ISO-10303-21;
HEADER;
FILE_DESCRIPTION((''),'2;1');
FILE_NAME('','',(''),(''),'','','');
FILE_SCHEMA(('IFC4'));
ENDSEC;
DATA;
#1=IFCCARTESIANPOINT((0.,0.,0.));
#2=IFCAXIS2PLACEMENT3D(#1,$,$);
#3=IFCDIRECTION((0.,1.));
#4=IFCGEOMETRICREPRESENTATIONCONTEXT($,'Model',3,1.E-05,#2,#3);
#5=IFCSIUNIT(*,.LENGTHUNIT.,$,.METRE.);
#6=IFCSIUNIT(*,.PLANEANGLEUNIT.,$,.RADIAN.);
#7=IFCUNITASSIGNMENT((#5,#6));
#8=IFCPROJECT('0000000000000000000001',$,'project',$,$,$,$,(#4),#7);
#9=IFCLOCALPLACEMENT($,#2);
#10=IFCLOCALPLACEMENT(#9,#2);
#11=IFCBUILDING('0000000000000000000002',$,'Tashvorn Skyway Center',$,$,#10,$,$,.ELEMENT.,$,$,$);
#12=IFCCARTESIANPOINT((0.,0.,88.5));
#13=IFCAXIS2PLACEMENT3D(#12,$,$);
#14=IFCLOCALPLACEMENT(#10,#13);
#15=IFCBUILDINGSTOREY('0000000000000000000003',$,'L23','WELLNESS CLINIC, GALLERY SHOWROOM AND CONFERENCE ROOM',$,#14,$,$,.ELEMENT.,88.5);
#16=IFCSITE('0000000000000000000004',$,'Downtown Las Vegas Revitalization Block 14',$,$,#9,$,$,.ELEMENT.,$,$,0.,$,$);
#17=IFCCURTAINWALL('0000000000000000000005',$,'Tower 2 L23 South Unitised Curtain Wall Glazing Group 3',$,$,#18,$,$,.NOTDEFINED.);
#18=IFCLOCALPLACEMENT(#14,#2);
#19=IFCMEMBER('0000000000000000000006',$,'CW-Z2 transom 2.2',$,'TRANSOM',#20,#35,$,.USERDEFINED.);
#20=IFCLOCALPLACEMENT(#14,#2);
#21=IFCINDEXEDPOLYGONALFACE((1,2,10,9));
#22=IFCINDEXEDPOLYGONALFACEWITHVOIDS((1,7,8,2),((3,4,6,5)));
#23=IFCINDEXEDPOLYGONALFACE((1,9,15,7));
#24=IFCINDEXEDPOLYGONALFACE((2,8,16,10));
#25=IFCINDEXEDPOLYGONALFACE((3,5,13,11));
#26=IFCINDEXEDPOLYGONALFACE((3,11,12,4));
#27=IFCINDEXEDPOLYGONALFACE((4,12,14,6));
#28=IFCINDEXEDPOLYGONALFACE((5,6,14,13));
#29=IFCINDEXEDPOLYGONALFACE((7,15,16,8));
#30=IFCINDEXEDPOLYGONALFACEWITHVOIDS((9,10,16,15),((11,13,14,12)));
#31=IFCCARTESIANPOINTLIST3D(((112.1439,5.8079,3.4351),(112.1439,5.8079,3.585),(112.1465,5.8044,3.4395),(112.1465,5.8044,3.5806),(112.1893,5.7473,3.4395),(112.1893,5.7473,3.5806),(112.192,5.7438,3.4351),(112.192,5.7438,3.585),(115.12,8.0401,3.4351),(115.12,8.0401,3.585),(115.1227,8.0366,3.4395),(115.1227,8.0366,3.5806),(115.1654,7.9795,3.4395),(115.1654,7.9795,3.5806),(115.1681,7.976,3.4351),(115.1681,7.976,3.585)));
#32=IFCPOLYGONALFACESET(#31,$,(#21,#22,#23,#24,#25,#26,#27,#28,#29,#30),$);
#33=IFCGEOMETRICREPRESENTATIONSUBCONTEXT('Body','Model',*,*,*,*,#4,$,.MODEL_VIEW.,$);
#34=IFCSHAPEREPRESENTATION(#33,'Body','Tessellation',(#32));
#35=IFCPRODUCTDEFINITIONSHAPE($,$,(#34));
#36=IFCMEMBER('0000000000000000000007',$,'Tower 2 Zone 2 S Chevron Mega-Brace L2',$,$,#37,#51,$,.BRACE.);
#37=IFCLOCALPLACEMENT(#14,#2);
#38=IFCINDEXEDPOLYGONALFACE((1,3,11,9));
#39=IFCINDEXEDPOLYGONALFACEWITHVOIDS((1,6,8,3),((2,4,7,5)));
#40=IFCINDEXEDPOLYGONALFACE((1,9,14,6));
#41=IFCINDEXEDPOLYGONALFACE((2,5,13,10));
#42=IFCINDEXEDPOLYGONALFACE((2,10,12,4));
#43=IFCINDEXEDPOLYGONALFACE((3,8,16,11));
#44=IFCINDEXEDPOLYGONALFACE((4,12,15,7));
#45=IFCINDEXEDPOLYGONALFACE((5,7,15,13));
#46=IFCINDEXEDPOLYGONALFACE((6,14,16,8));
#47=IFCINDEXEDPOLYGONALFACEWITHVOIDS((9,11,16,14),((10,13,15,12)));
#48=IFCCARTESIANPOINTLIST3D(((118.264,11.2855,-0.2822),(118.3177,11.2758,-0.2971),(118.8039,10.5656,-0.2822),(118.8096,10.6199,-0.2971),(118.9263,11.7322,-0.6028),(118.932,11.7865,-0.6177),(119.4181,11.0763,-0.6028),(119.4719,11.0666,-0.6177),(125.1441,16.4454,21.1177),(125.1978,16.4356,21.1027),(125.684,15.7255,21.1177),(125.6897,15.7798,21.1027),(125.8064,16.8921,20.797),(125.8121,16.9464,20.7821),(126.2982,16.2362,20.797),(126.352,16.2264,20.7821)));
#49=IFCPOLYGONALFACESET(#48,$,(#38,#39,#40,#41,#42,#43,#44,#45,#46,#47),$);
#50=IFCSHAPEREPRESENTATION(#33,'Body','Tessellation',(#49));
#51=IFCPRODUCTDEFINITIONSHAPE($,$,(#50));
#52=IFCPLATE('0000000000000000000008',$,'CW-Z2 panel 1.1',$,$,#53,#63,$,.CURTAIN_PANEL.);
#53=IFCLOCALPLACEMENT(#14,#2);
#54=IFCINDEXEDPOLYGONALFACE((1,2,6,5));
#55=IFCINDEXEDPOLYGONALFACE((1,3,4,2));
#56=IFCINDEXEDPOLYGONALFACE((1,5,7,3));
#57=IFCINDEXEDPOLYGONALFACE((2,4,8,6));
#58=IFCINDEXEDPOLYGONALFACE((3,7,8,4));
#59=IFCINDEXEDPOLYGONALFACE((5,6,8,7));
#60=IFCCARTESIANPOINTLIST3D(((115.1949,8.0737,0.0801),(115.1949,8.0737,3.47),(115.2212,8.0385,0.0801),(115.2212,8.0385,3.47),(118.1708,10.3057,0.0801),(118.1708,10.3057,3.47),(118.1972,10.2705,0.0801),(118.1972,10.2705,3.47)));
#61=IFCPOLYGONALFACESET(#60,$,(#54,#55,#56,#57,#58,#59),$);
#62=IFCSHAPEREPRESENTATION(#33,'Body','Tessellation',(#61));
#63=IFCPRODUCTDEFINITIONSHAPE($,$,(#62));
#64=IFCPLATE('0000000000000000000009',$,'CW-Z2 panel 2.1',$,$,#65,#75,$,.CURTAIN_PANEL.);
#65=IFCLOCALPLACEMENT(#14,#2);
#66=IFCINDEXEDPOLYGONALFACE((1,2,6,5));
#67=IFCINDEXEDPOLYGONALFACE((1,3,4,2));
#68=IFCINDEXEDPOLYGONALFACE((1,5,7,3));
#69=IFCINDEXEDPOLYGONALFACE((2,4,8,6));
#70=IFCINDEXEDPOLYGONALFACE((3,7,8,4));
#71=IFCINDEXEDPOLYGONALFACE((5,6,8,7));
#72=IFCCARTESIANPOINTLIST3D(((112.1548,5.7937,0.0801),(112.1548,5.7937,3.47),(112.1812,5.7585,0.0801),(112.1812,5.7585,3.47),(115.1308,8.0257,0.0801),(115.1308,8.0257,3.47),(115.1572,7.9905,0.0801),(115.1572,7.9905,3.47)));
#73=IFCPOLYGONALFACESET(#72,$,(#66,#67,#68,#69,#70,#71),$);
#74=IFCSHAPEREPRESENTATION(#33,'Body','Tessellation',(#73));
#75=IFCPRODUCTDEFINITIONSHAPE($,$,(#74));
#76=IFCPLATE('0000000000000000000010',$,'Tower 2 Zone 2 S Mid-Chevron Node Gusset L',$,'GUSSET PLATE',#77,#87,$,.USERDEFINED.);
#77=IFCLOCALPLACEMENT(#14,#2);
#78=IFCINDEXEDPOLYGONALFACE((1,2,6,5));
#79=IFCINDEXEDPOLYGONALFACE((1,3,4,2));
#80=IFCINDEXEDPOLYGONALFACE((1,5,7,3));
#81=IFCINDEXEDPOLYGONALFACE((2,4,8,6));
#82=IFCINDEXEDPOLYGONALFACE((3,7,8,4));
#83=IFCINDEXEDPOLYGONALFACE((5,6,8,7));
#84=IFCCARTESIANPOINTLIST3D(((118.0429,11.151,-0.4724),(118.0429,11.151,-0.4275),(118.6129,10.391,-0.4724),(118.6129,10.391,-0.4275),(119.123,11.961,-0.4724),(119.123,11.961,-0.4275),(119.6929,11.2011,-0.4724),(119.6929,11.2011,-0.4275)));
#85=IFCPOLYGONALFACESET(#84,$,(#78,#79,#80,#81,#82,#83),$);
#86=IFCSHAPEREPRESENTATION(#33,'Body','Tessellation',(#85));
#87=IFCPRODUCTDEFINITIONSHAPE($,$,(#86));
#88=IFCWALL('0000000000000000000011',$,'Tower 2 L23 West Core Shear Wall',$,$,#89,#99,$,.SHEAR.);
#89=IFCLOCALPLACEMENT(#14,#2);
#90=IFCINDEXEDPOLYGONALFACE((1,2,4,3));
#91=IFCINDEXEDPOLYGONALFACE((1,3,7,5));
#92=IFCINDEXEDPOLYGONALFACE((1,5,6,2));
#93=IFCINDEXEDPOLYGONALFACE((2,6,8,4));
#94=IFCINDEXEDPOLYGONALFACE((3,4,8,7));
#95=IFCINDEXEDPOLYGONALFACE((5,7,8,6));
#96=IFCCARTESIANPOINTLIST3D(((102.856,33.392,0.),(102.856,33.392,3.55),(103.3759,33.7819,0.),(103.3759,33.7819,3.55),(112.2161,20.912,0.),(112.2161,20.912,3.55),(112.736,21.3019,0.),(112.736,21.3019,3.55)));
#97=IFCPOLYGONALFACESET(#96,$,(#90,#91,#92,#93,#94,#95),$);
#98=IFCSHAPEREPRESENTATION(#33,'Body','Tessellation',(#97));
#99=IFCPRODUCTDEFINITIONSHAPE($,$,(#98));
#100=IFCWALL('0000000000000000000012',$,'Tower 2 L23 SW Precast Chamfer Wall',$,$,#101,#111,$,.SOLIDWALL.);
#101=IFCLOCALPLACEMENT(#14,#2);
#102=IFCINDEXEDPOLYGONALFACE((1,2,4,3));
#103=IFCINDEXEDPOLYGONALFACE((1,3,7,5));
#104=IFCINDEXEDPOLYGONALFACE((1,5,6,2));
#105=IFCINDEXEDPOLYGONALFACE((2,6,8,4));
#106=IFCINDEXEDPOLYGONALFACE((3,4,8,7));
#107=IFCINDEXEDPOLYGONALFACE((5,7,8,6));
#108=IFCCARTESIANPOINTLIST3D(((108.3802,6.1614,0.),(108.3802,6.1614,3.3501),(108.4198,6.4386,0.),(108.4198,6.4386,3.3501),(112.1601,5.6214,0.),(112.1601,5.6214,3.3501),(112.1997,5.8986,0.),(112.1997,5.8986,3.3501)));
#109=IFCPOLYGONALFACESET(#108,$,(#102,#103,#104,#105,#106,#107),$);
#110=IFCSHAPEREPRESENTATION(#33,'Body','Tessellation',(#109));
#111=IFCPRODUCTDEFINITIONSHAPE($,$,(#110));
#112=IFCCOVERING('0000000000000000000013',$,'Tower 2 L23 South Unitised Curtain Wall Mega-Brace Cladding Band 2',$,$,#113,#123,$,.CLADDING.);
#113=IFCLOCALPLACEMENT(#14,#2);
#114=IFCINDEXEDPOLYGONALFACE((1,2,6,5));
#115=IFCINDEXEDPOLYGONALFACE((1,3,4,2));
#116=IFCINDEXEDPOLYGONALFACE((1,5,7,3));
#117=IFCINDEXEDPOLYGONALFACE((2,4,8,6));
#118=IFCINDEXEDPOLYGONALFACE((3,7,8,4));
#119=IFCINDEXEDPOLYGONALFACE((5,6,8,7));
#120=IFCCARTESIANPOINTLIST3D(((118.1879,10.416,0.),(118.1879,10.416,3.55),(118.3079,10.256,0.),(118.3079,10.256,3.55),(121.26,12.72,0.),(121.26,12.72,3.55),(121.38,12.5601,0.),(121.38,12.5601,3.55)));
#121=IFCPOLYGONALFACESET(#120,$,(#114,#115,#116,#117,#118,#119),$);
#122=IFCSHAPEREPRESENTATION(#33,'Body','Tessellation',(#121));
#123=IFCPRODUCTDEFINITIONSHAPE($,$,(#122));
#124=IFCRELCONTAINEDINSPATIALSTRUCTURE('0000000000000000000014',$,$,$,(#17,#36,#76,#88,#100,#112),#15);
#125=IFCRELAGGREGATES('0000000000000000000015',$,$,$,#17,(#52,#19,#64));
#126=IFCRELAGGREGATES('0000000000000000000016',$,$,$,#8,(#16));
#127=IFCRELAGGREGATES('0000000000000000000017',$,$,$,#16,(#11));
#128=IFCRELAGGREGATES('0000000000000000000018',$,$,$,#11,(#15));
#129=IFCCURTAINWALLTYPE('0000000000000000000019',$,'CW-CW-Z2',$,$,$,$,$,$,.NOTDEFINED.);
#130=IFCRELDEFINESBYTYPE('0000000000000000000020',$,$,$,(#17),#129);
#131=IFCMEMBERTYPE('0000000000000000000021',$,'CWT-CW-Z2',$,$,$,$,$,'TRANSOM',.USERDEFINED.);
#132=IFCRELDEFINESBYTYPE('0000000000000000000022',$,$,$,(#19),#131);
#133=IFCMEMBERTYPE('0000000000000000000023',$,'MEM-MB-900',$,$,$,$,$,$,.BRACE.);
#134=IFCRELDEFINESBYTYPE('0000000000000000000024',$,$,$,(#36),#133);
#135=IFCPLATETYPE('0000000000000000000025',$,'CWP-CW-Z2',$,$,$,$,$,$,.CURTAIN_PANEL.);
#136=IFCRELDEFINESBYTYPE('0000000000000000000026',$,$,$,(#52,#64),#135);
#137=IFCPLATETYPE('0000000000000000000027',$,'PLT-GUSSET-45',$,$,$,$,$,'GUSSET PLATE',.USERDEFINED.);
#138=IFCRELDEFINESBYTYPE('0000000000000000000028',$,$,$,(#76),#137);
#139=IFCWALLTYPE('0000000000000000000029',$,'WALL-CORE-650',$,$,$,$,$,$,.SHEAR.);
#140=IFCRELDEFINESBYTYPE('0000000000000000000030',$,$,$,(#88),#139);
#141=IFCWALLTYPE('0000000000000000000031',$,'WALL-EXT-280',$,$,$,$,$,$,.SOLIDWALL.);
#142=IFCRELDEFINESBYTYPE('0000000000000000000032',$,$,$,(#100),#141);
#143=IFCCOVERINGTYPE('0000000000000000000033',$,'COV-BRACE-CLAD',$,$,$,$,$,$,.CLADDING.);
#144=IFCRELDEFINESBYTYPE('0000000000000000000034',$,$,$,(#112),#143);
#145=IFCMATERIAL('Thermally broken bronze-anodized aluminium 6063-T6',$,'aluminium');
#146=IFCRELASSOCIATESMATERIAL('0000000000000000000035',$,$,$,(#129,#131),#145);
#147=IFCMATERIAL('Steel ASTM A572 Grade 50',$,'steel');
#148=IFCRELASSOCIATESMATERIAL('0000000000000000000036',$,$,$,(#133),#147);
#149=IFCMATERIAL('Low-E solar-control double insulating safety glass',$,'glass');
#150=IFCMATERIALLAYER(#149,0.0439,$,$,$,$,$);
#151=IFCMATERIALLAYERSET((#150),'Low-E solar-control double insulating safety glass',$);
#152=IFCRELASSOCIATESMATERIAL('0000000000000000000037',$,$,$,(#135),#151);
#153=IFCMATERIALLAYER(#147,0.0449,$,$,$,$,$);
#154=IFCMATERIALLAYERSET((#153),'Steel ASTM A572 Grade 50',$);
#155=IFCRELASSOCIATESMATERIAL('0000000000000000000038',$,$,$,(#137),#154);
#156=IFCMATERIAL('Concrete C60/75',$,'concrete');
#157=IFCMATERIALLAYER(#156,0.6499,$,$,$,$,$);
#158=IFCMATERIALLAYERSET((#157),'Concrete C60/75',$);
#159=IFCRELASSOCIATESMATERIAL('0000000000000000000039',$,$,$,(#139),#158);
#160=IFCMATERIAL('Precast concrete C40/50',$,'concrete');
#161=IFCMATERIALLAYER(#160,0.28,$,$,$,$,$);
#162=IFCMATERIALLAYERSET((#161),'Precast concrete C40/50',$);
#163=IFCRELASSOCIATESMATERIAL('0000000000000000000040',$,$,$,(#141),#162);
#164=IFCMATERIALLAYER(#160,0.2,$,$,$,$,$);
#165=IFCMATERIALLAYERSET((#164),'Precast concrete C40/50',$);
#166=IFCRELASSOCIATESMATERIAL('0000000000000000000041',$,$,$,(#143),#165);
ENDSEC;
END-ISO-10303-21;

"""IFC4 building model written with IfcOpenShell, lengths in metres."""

from ifc_helpers import new_model, si_unit, direction, frame, frame_2d, origin, origin_2d, place, context, subcontext, project, spatial, rectangle, hollow_rectangle, extrude, material, layer, layer_set, material_profile, profile_set, type_object, element, aggregate, save


model = new_model("IFC4")

# Units and contexts
model_context = context("Model", 3, precision=1e-05, world=origin(), true_north=direction((0.0, 1.0)))
body_context = subcontext(model_context, "Body", "Model", "MODEL_VIEW")
ifc_project = project(units=[si_unit("LENGTHUNIT", "METRE"), si_unit("PLANEANGLEUNIT", "RADIAN")], contexts=[model_context])

# Site, building, storey
site_placement = place(None, origin())
site = spatial("IfcSite", under=ifc_project, at=site_placement, Name="Downtown Las Vegas Revitalization Block 14", CompositionType="ELEMENT", RefElevation=0.0)
building_placement = place(site_placement, origin())
building = spatial("IfcBuilding", under=site, at=building_placement, Name="Tashvorn Skyway Center", CompositionType="ELEMENT")
storey_placement = place(building_placement, frame((0.0, 0.0, 88.5)))
storey = spatial("IfcBuildingStorey", under=building, at=storey_placement, Name="L23", Description="WELLNESS CLINIC, GALLERY SHOWROOM AND CONFERENCE ROOM", CompositionType="ELEMENT", Elevation=88.5)

# Shared definitions
ifc_material_1 = material(Name="Steel ASTM A572 Grade 50", Category="steel")

# Shared definitions
ifc_material_2 = material(Name="Thermally broken bronze-anodized aluminium 6063-T6", Category="aluminium")
curtain_wall_type = type_object("IfcCurtainWallType", Name="CW-CW-Z2", PredefinedType="NOTDEFINED", material=ifc_material_2)

# Curtain wall, member
curtain_wall_1_placement = place(storey_placement, origin())
curtain_wall_1 = element("IfcCurtainWall", 1, at=curtain_wall_1_placement, inside=storey, type_object=curtain_wall_type, Name="Tower 2 L23 South Unitised Curtain Wall Glazing Group 3", PredefinedType="NOTDEFINED")
ifc_material_profile_1 = material_profile(ifc_material_2, hollow_rectangle(XDim=0.0801, YDim=0.1499, WallThickness=0.0044, at=origin_2d()), Name="ALU-TRAN-80x150")
ifc_profile_set_1 = profile_set([ifc_material_profile_1], Name="Thermally broken bronze-anodized aluminium 6063-T6")
member_type_1 = type_object("IfcMemberType", Name="CWT-CW-Z2", ElementType="TRANSOM", PredefinedType="USERDEFINED", material=ifc_profile_set_1)
member_1_placement = place(storey_placement, frame((115.144, 8.0081, 3.51), z_axis=(-0.799984, -0.600021, 0.0), x_axis=(0.600021, -0.799984, 0.0)))
member_1 = element("IfcMember", 2, at=member_1_placement, type_object=member_type_1, Name="CW-Z2 transom 2.2", ObjectType="TRANSOM", PredefinedType="USERDEFINED", context=body_context, shape_type="SweptSolid", body=[
    extrude(hollow_rectangle(XDim=0.0801, YDim=0.1499, WallThickness=0.0044, at=origin_2d()), origin(), (0.0, 0.0, 1.0), 3.7202),
])

# Member
ifc_material_profile_2 = material_profile(ifc_material_1, hollow_rectangle(XDim=0.8999, YDim=0.8999, WallThickness=0.04, at=origin_2d()), Name="BOX900x900x40")
ifc_profile_set_2 = profile_set([ifc_material_profile_2], Name="Steel ASTM A572 Grade 50")
member_type_2 = type_object("IfcMemberType", Name="MEM-MB-900", PredefinedType="BRACE", material=ifc_profile_set_2)
member_2_placement = place(storey_placement, frame((118.8679, 11.176, -0.45), z_axis=(0.298315, 0.223728, 0.927876), x_axis=(-0.599986, 0.80001, 0.0)))
element("IfcMember", 3, at=member_2_placement, inside=storey, type_object=member_type_2, Name="Tower 2 Zone 2 S Chevron Mega-Brace L2", PredefinedType="BRACE", context=body_context, shape_type="SweptSolid", body=[
    extrude(hollow_rectangle(XDim=0.8999, YDim=0.8999, WallThickness=0.04, at=origin_2d()), origin(), (0.0, 0.0, 1.0), 23.0632),
])

# Plates
ifc_material_3 = material(Name="Low-E solar-control double insulating safety glass", Category="glass")
ifc_layer_1 = layer(ifc_material_3, 0.0439)
ifc_layer_set_1 = layer_set([ifc_layer_1], Name="Low-E solar-control double insulating safety glass")
plate_type_1 = type_object("IfcPlateType", Name="CWP-CW-Z2", PredefinedType="CURTAIN_PANEL", material=ifc_layer_set_1)
plate_1_placement = place(storey_placement, frame((116.696, 9.1721, 0.0801), z_axis=(0.0, 0.0, 1.0), x_axis=(-0.8, -0.6, 0.0)))
plate_1 = element("IfcPlate", 4, at=plate_1_placement, type_object=plate_type_1, Name="CW-Z2 panel 1.1", PredefinedType="CURTAIN_PANEL", context=body_context, shape_type="SweptSolid", body=[
    extrude(rectangle(XDim=3.72, YDim=0.0439, at=origin_2d()), origin(), (0.0, 0.0, 1.0), 3.3899),
])
plate_2_placement = place(storey_placement, frame((113.656, 6.8921, 0.0801), z_axis=(0.0, 0.0, 1.0), x_axis=(-0.8, -0.6, 0.0)))
plate_2 = element("IfcPlate", 5, at=plate_2_placement, type_object=plate_type_1, Name="CW-Z2 panel 2.1", PredefinedType="CURTAIN_PANEL", context=body_context, shape_type="SweptSolid", body=[
    extrude(rectangle(XDim=3.72, YDim=0.0439, at=origin_2d()), origin(), (0.0, 0.0, 1.0), 3.3899),
])
aggregate(curtain_wall_1, [plate_1, member_1, plate_2])
ifc_layer_2 = layer(ifc_material_1, 0.0449)
ifc_layer_set_2 = layer_set([ifc_layer_2], Name="Steel ASTM A572 Grade 50")
plate_type_2 = type_object("IfcPlateType", Name="PLT-GUSSET-45", ElementType="GUSSET PLATE", PredefinedType="USERDEFINED", material=ifc_layer_set_2)
plate_3_placement = place(storey_placement, frame((118.8679, 11.176, -0.4724), z_axis=(0.0, 0.0, 1.0), x_axis=(0.8, 0.6, 0.0)))
element("IfcPlate", 6, at=plate_3_placement, inside=storey, type_object=plate_type_2, Name="Tower 2 Zone 2 S Mid-Chevron Node Gusset L", ObjectType="GUSSET PLATE", PredefinedType="USERDEFINED", context=body_context, shape_type="SweptSolid", body=[
    extrude(rectangle(XDim=1.3501, YDim=0.95, at=origin_2d()), origin(), (0.0, 0.0, 1.0), 0.0449),
])

# Walls
ifc_material_4 = material(Name="Concrete C60/75", Category="concrete")
ifc_layer_3 = layer(ifc_material_4, 0.6499)
ifc_layer_set_3 = layer_set([ifc_layer_3], Name="Concrete C60/75")
wall_type_1 = type_object("IfcWallType", Name="WALL-CORE-650", PredefinedType="SHEAR", material=ifc_layer_set_3)
wall_1_placement = place(storey_placement, frame((112.4761, 21.1069, 0.0), z_axis=(0.0, 0.0, 1.0), x_axis=(-0.600005, 0.799996, 0.0)))
element("IfcWall", 7, at=wall_1_placement, inside=storey, type_object=wall_type_1, Name="Tower 2 L23 West Core Shear Wall", PredefinedType="SHEAR", context=body_context, shape_type="SweptSolid", body=[
    extrude(rectangle(XDim=15.6001, YDim=0.6499, at=frame_2d((7.8, 0.0))), origin(), (0.0, 0.0, 1.0), 3.55),
])
ifc_material_5 = material(Name="Precast concrete C40/50", Category="concrete")
ifc_layer_4 = layer(ifc_material_5, 0.28)
ifc_layer_set_4 = layer_set([ifc_layer_4], Name="Precast concrete C40/50")
wall_type_2 = type_object("IfcWallType", Name="WALL-EXT-280", PredefinedType="SOLIDWALL", material=ifc_layer_set_4)
wall_2_placement = place(storey_placement, frame((112.1799, 5.76, 0.0), z_axis=(0.0, 0.0, 1.0), x_axis=(-0.989948, 0.14143, 0.0)))
element("IfcWall", 8, at=wall_2_placement, inside=storey, type_object=wall_type_2, Name="Tower 2 L23 SW Precast Chamfer Wall", PredefinedType="SOLIDWALL", context=body_context, shape_type="SweptSolid", body=[
    extrude(rectangle(XDim=3.8184, YDim=0.28, at=frame_2d((1.9092, 0.0))), origin(), (0.0, 0.0, 1.0), 3.3501),
])

# Covering
ifc_layer_5 = layer(ifc_material_5, 0.2)
ifc_layer_set_5 = layer_set([ifc_layer_5], Name="Precast concrete C40/50")
covering_type = type_object("IfcCoveringType", Name="COV-BRACE-CLAD", PredefinedType="CLADDING", material=ifc_layer_set_5)
covering_placement = place(storey_placement, frame((119.7839, 11.488, 0.0), z_axis=(0.0, 0.0, 1.0), x_axis=(-0.8, -0.6, 0.0)))
element("IfcCovering", 9, at=covering_placement, inside=storey, type_object=covering_type, Name="Tower 2 L23 South Unitised Curtain Wall Mega-Brace Cladding Band 2", PredefinedType="CLADDING", context=body_context, shape_type="SweptSolid", body=[
    extrude(rectangle(XDim=3.8401, YDim=0.2, at=origin_2d()), origin(), (0.0, 0.0, 1.0), 3.55),
])

save(model, "model.ifc")
